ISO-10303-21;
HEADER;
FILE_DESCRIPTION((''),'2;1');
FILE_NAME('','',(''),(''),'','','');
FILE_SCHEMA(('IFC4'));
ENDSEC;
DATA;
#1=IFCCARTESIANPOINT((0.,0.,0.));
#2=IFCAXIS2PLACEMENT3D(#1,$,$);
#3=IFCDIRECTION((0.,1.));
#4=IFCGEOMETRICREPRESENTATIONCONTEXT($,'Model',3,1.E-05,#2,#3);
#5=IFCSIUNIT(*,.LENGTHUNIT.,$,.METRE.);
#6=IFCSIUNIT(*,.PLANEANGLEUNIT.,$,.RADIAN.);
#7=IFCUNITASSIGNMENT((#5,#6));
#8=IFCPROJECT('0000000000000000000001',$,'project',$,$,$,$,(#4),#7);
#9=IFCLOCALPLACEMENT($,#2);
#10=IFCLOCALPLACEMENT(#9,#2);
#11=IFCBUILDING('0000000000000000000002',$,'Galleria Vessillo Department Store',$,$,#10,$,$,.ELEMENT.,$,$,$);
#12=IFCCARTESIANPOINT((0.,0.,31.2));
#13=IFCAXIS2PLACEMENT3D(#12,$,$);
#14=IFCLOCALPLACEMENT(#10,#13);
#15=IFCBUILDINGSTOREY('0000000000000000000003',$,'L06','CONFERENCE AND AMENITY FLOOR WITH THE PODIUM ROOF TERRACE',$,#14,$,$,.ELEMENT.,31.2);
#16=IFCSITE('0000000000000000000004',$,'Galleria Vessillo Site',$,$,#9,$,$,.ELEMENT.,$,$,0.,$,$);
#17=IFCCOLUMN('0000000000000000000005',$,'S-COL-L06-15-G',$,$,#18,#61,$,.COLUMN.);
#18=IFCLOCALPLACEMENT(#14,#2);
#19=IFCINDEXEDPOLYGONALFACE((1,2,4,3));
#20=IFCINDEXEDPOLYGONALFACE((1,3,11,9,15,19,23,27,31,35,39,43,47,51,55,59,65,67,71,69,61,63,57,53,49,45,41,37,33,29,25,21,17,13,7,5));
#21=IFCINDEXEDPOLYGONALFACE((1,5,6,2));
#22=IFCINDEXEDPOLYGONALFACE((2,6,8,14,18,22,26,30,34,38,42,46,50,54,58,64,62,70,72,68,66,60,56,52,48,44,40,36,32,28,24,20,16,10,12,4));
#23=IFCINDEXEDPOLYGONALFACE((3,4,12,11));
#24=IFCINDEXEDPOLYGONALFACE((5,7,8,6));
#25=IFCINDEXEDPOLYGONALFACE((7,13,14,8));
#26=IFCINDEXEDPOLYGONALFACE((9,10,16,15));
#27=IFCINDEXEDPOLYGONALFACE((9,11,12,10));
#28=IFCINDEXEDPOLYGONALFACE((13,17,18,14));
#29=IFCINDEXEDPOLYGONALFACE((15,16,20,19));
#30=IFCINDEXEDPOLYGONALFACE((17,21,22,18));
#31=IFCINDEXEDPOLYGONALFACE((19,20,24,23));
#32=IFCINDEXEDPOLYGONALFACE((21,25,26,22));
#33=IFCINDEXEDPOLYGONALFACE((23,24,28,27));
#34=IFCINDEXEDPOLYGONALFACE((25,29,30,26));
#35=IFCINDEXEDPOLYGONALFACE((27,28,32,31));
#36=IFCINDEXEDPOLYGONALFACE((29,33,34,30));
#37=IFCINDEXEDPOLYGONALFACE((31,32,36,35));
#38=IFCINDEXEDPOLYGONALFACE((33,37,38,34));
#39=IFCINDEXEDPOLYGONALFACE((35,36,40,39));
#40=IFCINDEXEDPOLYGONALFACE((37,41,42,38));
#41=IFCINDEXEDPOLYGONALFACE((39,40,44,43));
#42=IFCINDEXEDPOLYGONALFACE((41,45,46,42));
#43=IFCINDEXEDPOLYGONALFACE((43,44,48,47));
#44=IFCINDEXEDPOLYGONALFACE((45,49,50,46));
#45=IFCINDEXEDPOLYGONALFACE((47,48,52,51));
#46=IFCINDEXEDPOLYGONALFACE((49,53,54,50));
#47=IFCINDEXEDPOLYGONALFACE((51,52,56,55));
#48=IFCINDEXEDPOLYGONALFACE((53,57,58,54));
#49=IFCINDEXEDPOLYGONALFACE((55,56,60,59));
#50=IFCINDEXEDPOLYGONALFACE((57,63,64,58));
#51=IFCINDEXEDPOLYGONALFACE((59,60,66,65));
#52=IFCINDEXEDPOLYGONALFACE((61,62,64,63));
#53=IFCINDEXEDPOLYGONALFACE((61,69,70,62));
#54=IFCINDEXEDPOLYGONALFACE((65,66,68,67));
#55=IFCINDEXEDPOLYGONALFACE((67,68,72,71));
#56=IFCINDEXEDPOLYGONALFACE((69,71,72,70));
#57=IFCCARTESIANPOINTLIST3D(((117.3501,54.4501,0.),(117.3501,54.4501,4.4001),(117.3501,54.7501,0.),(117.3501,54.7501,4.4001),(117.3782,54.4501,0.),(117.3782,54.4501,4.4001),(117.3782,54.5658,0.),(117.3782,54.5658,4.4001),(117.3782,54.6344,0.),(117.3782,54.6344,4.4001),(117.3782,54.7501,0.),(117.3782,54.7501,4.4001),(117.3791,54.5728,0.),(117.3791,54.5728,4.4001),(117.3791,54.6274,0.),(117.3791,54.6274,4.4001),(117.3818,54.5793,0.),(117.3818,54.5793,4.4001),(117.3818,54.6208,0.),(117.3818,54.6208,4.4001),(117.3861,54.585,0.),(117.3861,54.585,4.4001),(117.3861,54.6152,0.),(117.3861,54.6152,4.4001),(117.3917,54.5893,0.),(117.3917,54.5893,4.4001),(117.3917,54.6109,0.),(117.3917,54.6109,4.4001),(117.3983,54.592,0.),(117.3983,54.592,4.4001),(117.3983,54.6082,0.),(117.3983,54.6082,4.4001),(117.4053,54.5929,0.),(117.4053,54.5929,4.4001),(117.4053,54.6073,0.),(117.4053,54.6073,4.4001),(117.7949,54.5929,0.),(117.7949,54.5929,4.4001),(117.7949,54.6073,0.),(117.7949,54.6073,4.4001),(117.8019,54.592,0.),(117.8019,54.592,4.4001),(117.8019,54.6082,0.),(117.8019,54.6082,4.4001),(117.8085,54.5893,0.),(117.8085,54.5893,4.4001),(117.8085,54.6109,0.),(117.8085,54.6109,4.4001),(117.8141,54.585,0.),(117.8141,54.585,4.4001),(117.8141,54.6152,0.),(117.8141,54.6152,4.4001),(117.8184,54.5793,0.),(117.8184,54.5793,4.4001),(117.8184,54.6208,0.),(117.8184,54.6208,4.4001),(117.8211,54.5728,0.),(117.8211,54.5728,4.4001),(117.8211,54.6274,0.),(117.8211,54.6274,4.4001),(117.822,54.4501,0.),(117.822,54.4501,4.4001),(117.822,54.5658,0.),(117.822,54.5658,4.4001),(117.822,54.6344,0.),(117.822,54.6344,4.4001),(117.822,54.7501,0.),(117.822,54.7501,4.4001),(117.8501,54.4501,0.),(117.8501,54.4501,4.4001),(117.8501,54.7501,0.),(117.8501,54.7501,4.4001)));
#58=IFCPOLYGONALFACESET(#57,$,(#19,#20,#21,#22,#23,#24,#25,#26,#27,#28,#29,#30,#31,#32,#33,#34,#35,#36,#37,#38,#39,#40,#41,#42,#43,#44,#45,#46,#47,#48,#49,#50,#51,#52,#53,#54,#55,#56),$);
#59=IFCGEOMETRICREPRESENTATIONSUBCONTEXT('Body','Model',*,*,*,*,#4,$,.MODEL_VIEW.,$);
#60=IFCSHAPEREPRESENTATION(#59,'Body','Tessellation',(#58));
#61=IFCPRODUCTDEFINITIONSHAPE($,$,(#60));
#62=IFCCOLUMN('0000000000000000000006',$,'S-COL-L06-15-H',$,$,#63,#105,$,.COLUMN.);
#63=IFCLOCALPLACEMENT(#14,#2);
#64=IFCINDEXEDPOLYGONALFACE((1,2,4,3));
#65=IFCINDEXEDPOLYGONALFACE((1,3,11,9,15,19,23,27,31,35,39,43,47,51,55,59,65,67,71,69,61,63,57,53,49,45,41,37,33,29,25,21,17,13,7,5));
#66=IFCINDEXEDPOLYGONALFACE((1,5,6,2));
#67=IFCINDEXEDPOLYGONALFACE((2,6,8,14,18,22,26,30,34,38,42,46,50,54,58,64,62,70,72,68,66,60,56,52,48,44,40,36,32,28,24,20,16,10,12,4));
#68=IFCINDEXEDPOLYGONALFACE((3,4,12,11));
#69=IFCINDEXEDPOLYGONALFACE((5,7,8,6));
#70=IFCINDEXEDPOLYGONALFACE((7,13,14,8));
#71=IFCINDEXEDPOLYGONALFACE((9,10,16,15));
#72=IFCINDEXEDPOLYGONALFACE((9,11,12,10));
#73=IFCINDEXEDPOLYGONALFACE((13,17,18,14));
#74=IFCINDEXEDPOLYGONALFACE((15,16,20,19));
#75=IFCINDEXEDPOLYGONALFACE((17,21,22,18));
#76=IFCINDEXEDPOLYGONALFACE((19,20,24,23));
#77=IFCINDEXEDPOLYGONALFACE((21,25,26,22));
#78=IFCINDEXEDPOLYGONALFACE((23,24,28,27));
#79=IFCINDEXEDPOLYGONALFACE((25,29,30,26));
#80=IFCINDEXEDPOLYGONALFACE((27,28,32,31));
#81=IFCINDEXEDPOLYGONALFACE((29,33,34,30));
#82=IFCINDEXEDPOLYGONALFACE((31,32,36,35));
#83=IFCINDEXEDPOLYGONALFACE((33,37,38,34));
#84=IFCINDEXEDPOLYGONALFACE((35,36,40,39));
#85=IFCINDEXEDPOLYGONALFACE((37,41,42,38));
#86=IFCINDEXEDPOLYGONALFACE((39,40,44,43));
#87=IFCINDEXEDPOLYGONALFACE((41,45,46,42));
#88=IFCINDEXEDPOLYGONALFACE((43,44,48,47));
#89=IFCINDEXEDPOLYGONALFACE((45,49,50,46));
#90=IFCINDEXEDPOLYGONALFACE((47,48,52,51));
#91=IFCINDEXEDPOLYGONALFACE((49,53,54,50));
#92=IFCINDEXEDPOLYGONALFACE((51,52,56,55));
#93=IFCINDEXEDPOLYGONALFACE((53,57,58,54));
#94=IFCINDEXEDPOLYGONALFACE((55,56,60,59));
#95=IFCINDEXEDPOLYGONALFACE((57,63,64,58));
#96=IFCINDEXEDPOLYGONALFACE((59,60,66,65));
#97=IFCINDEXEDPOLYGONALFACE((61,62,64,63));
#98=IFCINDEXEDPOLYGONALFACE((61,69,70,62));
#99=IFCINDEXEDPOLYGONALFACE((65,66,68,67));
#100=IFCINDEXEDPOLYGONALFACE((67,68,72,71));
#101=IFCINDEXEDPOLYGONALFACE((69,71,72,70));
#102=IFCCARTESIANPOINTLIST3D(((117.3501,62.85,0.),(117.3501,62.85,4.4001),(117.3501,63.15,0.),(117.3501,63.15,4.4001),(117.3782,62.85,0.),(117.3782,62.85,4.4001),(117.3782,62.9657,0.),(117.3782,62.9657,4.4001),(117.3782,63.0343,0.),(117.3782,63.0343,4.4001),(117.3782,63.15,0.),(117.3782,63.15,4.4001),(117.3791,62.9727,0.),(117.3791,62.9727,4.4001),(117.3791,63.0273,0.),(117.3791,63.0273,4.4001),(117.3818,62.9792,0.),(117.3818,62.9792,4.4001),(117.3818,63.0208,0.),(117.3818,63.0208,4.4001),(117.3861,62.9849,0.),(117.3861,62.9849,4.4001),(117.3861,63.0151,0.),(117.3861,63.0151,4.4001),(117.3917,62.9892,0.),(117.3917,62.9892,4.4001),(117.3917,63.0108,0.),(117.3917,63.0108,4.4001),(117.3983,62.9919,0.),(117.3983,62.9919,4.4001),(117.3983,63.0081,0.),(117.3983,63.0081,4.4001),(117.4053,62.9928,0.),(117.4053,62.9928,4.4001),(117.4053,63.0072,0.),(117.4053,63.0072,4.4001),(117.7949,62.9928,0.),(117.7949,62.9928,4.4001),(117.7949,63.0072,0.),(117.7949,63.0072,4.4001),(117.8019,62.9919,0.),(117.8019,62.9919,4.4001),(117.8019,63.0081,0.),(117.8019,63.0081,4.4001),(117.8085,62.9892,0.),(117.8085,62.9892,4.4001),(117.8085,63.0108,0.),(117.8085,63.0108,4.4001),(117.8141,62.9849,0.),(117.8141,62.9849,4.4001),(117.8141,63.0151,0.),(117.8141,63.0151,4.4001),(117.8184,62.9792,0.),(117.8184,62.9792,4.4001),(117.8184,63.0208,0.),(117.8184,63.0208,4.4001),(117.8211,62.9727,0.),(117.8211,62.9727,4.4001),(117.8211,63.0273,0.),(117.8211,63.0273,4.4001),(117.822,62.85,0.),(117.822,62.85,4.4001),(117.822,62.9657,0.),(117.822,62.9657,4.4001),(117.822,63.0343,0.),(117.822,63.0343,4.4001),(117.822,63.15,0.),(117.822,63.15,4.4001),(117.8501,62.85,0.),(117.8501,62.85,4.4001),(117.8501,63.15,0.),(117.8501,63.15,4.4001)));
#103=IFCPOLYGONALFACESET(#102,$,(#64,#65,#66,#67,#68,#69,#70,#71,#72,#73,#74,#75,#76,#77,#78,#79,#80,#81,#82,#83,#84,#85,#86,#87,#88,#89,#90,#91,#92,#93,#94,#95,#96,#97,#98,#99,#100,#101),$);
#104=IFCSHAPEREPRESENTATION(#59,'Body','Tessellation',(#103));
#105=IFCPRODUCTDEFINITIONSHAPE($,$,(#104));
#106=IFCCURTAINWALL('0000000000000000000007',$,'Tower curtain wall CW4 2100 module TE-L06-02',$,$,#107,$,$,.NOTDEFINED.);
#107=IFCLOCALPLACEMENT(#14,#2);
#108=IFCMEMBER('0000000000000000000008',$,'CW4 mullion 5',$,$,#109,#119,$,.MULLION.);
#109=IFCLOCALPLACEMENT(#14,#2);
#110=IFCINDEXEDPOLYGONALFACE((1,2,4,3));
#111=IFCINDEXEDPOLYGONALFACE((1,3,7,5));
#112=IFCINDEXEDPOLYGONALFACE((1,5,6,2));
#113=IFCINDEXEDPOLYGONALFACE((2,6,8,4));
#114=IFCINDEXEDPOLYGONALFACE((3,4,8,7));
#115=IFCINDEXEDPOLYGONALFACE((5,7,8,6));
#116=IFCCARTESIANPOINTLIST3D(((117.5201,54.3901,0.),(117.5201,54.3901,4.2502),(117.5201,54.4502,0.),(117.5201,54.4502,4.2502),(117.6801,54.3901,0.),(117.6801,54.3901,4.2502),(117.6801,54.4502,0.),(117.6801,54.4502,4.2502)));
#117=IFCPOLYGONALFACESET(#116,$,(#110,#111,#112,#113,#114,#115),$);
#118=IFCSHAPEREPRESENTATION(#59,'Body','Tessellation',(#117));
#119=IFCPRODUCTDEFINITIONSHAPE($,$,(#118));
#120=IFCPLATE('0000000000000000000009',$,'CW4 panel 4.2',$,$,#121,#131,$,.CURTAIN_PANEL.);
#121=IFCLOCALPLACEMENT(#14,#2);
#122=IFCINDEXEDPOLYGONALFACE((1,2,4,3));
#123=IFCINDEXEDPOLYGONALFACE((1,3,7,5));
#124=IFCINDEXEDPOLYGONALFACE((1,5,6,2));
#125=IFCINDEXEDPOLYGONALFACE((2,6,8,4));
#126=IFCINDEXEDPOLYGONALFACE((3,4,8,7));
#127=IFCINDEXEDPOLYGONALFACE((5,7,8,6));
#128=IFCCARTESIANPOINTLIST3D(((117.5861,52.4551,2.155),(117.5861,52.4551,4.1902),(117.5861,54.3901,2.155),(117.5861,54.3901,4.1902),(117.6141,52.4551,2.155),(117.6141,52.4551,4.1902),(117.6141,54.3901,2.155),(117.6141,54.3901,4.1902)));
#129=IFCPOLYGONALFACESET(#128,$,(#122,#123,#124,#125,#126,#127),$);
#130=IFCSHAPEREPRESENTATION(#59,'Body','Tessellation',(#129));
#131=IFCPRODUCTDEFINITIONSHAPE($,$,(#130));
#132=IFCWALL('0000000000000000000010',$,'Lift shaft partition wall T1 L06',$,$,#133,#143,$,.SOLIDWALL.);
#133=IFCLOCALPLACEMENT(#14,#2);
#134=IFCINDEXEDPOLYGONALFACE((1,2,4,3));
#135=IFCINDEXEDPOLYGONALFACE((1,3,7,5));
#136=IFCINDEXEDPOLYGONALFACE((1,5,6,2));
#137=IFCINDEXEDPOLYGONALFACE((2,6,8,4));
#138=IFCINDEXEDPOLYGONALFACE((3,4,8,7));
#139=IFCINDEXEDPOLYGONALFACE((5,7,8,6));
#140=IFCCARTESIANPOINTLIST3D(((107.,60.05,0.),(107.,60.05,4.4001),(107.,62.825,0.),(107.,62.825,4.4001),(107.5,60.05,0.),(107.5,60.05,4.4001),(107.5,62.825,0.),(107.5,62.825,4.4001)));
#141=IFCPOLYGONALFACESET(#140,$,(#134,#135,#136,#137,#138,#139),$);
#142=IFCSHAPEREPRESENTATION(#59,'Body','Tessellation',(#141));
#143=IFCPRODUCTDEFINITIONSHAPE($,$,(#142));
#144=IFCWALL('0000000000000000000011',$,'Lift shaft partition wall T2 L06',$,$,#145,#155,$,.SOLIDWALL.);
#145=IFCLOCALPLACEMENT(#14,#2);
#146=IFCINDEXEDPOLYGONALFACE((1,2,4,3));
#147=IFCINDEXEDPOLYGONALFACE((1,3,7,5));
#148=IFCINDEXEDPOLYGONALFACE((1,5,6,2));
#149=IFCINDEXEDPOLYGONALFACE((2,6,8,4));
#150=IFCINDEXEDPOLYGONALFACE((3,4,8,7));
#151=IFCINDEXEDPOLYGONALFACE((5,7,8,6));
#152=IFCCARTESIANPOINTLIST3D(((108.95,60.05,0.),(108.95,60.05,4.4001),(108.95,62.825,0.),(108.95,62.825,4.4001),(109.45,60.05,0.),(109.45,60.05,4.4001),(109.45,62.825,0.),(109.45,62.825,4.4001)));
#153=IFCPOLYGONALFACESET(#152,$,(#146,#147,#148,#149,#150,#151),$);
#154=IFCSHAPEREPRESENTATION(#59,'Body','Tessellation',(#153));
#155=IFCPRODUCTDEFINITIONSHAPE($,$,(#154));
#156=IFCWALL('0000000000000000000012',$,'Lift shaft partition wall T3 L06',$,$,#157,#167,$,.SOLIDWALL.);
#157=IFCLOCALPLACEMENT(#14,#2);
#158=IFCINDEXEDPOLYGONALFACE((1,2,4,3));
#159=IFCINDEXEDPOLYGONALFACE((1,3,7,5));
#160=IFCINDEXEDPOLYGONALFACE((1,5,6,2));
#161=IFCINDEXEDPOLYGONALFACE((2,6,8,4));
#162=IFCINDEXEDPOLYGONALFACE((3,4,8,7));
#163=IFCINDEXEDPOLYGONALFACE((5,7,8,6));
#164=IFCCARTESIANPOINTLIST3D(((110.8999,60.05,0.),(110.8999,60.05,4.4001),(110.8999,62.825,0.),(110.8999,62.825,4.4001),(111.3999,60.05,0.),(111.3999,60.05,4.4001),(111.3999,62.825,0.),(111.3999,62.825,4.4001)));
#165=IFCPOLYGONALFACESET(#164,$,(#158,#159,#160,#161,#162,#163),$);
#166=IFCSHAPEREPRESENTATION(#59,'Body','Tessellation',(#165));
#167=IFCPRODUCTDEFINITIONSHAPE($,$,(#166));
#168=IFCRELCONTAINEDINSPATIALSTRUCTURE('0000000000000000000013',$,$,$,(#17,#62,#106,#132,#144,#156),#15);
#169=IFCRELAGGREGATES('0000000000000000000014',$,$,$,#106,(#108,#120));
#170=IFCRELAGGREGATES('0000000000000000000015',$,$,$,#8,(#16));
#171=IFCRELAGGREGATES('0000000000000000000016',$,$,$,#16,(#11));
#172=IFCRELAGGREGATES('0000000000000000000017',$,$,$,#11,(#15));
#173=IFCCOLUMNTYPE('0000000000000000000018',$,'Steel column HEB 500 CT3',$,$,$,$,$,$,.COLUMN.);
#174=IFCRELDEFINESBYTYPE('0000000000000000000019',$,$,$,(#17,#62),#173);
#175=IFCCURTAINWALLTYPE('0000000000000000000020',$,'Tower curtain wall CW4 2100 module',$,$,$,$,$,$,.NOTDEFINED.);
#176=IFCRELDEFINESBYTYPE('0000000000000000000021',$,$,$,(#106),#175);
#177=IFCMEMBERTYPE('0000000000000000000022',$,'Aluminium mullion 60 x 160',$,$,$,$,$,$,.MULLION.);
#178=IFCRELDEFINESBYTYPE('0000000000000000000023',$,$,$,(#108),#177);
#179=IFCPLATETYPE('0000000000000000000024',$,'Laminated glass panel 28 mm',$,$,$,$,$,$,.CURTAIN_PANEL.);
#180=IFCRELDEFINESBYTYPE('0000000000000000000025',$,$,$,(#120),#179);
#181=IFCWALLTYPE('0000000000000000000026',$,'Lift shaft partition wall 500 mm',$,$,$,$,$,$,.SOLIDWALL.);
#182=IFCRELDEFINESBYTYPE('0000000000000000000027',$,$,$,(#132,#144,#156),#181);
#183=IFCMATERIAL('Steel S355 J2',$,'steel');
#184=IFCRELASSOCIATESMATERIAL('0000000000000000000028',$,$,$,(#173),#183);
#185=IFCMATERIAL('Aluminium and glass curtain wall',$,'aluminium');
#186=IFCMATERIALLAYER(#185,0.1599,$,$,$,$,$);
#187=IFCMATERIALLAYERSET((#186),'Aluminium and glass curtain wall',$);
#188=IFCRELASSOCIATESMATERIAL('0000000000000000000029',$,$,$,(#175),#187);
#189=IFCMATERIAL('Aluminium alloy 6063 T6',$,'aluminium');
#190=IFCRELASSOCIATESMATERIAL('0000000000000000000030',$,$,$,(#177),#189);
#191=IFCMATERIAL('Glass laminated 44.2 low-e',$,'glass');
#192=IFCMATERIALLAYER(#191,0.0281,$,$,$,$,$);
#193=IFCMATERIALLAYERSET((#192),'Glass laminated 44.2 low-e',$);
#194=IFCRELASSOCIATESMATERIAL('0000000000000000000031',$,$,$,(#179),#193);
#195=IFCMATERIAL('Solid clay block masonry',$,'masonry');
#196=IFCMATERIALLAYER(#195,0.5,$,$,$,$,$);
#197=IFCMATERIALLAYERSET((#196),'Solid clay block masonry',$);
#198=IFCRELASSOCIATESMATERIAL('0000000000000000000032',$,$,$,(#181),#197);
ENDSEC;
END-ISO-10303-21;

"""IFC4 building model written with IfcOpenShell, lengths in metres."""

from ifc_helpers import new_model, si_unit, direction, frame, frame_2d, origin, origin_2d, place, context, subcontext, project, spatial, rectangle, i_section, extrude, material, layer, layer_set, material_profile, profile_set, type_object, element, aggregate, save


model = new_model("IFC4")

# Units and contexts
model_context = context("Model", 3, precision=1e-05, world=origin(), true_north=direction((0.0, 1.0)))
body_context = subcontext(model_context, "Body", "Model", "MODEL_VIEW")
ifc_project = project(units=[si_unit("LENGTHUNIT", "METRE"), si_unit("PLANEANGLEUNIT", "RADIAN")], contexts=[model_context])

# Site, building, storey
site_placement = place(None, origin())
site = spatial("IfcSite", under=ifc_project, at=site_placement, Name="Galleria Vessillo Site", CompositionType="ELEMENT", RefElevation=0.0)
building_placement = place(site_placement, origin())
building = spatial("IfcBuilding", under=site, at=building_placement, Name="Galleria Vessillo Department Store", CompositionType="ELEMENT")
storey_placement = place(building_placement, frame((0.0, 0.0, 31.2)))
storey = spatial("IfcBuildingStorey", under=building, at=storey_placement, Name="L06", Description="CONFERENCE AND AMENITY FLOOR WITH THE PODIUM ROOF TERRACE", CompositionType="ELEMENT", Elevation=31.2)

# Columns
ifc_material_1 = material(Name="Steel S355 J2", Category="steel")
ifc_material_profile_1 = material_profile(ifc_material_1, i_section(OverallWidth=0.3, OverallDepth=0.5, WebThickness=0.0144, FlangeThickness=0.0281, FilletRadius=0.0271, at=origin_2d()), Name="HEB 500")
ifc_profile_set_1 = profile_set([ifc_material_profile_1], Name="Steel S355 J2")
column_type = type_object("IfcColumnType", Name="Steel column HEB 500 CT3", PredefinedType="COLUMN", material=ifc_profile_set_1)
for number, where, z_axis, x_axis, name in (
    (1, (117.6001, 54.6001, 0.0), (0.0, 0.0, 1.0), (0.0, 1.0, 0.0), "S-COL-L06-15-G"),
    (2, (117.6001, 63.0, 0.0), (0.0, 0.0, 1.0), (0.0, 1.0, 0.0), "S-COL-L06-15-H"),
):
    element("IfcColumn", number, at=place(storey_placement, frame(where, z_axis=z_axis, x_axis=x_axis)), inside=storey, type_object=column_type, Name=name, PredefinedType="COLUMN", context=body_context, shape_type="SweptSolid", body=[
        extrude(i_section(OverallWidth=0.3, OverallDepth=0.5, WebThickness=0.0144, FlangeThickness=0.0281, FilletRadius=0.0271, at=origin_2d()), origin(), (0.0, 0.0, 1.0), 4.4001),
    ])

# Curtain wall, member, plate
ifc_material_2 = material(Name="Aluminium and glass curtain wall", Category="aluminium")
ifc_layer_1 = layer(ifc_material_2, 0.1599)
ifc_layer_set_1 = layer_set([ifc_layer_1], Name="Aluminium and glass curtain wall")
curtain_wall_type = type_object("IfcCurtainWallType", Name="Tower curtain wall CW4 2100 module", PredefinedType="NOTDEFINED", material=ifc_layer_set_1)
curtain_wall_placement = place(storey_placement, origin())
curtain_wall = element("IfcCurtainWall", 3, at=curtain_wall_placement, inside=storey, type_object=curtain_wall_type, Name="Tower curtain wall CW4 2100 module TE-L06-02", PredefinedType="NOTDEFINED")
ifc_material_3 = material(Name="Aluminium alloy 6063 T6", Category="aluminium")
ifc_material_profile_2 = material_profile(ifc_material_3, rectangle(XDim=0.1599, YDim=0.0601, at=origin_2d()), Name="AL 60x160")
ifc_profile_set_2 = profile_set([ifc_material_profile_2], Name="Aluminium alloy 6063 T6")
member_type = type_object("IfcMemberType", Name="Aluminium mullion 60 x 160", PredefinedType="MULLION", material=ifc_profile_set_2)
member_placement = place(storey_placement, frame((117.6001, 54.4202, 0.0), z_axis=(0.0, 0.0, 1.0), x_axis=(-1.0, 0.0, 0.0)))
member = element("IfcMember", 4, at=member_placement, type_object=member_type, Name="CW4 mullion 5", PredefinedType="MULLION", context=body_context, shape_type="SweptSolid", body=[
    extrude(rectangle(XDim=0.1599, YDim=0.0601, at=origin_2d()), origin(), (0.0, 0.0, 1.0), 4.2502),
])
ifc_material_4 = material(Name="Glass laminated 44.2 low-e", Category="glass")
ifc_layer_2 = layer(ifc_material_4, 0.0281)
ifc_layer_set_2 = layer_set([ifc_layer_2], Name="Glass laminated 44.2 low-e")
plate_type = type_object("IfcPlateType", Name="Laminated glass panel 28 mm", PredefinedType="CURTAIN_PANEL", material=ifc_layer_set_2)
plate_placement = place(storey_placement, frame((117.6001, 53.4226, 2.155), z_axis=(0.0, 0.0, 1.0), x_axis=(0.0, 1.0, 0.0)))
plate = element("IfcPlate", 5, at=plate_placement, type_object=plate_type, Name="CW4 panel 4.2", PredefinedType="CURTAIN_PANEL", context=body_context, shape_type="SweptSolid", body=[
    extrude(rectangle(XDim=1.9351, YDim=0.0281, at=origin_2d()), origin(), (0.0, 0.0, 1.0), 2.0352),
])
aggregate(curtain_wall, [member, plate])

# Walls
ifc_material_5 = material(Name="Solid clay block masonry", Category="masonry")
ifc_layer_3 = layer(ifc_material_5, 0.5)
ifc_layer_set_3 = layer_set([ifc_layer_3], Name="Solid clay block masonry")
wall_type_1 = type_object("IfcWallType", Name="Lift shaft partition wall 500 mm", PredefinedType="SOLIDWALL", material=ifc_layer_set_3)
for number, where, z_axis, x_axis, name in (
    (6, (107.25, 62.825, 0.0), (0.0, 0.0, 1.0), (0.0, -1.0, 0.0), "Lift shaft partition wall T1 L06"),
    (7, (109.2, 62.825, 0.0), (0.0, 0.0, 1.0), (0.0, -1.0, 0.0), "Lift shaft partition wall T2 L06"),
    (8, (111.1499, 62.825, 0.0), (0.0, 0.0, 1.0), (0.0, -1.0, 0.0), "Lift shaft partition wall T3 L06"),
):
    element("IfcWall", number, at=place(storey_placement, frame(where, z_axis=z_axis, x_axis=x_axis)), inside=storey, type_object=wall_type_1, Name=name, PredefinedType="SOLIDWALL", context=body_context, shape_type="SweptSolid", body=[
        extrude(rectangle(XDim=2.7749, YDim=0.5, at=frame_2d((1.3875, 0.0))), origin(), (0.0, 0.0, 1.0), 4.4001),
    ])

save(model, "model.ifc")
